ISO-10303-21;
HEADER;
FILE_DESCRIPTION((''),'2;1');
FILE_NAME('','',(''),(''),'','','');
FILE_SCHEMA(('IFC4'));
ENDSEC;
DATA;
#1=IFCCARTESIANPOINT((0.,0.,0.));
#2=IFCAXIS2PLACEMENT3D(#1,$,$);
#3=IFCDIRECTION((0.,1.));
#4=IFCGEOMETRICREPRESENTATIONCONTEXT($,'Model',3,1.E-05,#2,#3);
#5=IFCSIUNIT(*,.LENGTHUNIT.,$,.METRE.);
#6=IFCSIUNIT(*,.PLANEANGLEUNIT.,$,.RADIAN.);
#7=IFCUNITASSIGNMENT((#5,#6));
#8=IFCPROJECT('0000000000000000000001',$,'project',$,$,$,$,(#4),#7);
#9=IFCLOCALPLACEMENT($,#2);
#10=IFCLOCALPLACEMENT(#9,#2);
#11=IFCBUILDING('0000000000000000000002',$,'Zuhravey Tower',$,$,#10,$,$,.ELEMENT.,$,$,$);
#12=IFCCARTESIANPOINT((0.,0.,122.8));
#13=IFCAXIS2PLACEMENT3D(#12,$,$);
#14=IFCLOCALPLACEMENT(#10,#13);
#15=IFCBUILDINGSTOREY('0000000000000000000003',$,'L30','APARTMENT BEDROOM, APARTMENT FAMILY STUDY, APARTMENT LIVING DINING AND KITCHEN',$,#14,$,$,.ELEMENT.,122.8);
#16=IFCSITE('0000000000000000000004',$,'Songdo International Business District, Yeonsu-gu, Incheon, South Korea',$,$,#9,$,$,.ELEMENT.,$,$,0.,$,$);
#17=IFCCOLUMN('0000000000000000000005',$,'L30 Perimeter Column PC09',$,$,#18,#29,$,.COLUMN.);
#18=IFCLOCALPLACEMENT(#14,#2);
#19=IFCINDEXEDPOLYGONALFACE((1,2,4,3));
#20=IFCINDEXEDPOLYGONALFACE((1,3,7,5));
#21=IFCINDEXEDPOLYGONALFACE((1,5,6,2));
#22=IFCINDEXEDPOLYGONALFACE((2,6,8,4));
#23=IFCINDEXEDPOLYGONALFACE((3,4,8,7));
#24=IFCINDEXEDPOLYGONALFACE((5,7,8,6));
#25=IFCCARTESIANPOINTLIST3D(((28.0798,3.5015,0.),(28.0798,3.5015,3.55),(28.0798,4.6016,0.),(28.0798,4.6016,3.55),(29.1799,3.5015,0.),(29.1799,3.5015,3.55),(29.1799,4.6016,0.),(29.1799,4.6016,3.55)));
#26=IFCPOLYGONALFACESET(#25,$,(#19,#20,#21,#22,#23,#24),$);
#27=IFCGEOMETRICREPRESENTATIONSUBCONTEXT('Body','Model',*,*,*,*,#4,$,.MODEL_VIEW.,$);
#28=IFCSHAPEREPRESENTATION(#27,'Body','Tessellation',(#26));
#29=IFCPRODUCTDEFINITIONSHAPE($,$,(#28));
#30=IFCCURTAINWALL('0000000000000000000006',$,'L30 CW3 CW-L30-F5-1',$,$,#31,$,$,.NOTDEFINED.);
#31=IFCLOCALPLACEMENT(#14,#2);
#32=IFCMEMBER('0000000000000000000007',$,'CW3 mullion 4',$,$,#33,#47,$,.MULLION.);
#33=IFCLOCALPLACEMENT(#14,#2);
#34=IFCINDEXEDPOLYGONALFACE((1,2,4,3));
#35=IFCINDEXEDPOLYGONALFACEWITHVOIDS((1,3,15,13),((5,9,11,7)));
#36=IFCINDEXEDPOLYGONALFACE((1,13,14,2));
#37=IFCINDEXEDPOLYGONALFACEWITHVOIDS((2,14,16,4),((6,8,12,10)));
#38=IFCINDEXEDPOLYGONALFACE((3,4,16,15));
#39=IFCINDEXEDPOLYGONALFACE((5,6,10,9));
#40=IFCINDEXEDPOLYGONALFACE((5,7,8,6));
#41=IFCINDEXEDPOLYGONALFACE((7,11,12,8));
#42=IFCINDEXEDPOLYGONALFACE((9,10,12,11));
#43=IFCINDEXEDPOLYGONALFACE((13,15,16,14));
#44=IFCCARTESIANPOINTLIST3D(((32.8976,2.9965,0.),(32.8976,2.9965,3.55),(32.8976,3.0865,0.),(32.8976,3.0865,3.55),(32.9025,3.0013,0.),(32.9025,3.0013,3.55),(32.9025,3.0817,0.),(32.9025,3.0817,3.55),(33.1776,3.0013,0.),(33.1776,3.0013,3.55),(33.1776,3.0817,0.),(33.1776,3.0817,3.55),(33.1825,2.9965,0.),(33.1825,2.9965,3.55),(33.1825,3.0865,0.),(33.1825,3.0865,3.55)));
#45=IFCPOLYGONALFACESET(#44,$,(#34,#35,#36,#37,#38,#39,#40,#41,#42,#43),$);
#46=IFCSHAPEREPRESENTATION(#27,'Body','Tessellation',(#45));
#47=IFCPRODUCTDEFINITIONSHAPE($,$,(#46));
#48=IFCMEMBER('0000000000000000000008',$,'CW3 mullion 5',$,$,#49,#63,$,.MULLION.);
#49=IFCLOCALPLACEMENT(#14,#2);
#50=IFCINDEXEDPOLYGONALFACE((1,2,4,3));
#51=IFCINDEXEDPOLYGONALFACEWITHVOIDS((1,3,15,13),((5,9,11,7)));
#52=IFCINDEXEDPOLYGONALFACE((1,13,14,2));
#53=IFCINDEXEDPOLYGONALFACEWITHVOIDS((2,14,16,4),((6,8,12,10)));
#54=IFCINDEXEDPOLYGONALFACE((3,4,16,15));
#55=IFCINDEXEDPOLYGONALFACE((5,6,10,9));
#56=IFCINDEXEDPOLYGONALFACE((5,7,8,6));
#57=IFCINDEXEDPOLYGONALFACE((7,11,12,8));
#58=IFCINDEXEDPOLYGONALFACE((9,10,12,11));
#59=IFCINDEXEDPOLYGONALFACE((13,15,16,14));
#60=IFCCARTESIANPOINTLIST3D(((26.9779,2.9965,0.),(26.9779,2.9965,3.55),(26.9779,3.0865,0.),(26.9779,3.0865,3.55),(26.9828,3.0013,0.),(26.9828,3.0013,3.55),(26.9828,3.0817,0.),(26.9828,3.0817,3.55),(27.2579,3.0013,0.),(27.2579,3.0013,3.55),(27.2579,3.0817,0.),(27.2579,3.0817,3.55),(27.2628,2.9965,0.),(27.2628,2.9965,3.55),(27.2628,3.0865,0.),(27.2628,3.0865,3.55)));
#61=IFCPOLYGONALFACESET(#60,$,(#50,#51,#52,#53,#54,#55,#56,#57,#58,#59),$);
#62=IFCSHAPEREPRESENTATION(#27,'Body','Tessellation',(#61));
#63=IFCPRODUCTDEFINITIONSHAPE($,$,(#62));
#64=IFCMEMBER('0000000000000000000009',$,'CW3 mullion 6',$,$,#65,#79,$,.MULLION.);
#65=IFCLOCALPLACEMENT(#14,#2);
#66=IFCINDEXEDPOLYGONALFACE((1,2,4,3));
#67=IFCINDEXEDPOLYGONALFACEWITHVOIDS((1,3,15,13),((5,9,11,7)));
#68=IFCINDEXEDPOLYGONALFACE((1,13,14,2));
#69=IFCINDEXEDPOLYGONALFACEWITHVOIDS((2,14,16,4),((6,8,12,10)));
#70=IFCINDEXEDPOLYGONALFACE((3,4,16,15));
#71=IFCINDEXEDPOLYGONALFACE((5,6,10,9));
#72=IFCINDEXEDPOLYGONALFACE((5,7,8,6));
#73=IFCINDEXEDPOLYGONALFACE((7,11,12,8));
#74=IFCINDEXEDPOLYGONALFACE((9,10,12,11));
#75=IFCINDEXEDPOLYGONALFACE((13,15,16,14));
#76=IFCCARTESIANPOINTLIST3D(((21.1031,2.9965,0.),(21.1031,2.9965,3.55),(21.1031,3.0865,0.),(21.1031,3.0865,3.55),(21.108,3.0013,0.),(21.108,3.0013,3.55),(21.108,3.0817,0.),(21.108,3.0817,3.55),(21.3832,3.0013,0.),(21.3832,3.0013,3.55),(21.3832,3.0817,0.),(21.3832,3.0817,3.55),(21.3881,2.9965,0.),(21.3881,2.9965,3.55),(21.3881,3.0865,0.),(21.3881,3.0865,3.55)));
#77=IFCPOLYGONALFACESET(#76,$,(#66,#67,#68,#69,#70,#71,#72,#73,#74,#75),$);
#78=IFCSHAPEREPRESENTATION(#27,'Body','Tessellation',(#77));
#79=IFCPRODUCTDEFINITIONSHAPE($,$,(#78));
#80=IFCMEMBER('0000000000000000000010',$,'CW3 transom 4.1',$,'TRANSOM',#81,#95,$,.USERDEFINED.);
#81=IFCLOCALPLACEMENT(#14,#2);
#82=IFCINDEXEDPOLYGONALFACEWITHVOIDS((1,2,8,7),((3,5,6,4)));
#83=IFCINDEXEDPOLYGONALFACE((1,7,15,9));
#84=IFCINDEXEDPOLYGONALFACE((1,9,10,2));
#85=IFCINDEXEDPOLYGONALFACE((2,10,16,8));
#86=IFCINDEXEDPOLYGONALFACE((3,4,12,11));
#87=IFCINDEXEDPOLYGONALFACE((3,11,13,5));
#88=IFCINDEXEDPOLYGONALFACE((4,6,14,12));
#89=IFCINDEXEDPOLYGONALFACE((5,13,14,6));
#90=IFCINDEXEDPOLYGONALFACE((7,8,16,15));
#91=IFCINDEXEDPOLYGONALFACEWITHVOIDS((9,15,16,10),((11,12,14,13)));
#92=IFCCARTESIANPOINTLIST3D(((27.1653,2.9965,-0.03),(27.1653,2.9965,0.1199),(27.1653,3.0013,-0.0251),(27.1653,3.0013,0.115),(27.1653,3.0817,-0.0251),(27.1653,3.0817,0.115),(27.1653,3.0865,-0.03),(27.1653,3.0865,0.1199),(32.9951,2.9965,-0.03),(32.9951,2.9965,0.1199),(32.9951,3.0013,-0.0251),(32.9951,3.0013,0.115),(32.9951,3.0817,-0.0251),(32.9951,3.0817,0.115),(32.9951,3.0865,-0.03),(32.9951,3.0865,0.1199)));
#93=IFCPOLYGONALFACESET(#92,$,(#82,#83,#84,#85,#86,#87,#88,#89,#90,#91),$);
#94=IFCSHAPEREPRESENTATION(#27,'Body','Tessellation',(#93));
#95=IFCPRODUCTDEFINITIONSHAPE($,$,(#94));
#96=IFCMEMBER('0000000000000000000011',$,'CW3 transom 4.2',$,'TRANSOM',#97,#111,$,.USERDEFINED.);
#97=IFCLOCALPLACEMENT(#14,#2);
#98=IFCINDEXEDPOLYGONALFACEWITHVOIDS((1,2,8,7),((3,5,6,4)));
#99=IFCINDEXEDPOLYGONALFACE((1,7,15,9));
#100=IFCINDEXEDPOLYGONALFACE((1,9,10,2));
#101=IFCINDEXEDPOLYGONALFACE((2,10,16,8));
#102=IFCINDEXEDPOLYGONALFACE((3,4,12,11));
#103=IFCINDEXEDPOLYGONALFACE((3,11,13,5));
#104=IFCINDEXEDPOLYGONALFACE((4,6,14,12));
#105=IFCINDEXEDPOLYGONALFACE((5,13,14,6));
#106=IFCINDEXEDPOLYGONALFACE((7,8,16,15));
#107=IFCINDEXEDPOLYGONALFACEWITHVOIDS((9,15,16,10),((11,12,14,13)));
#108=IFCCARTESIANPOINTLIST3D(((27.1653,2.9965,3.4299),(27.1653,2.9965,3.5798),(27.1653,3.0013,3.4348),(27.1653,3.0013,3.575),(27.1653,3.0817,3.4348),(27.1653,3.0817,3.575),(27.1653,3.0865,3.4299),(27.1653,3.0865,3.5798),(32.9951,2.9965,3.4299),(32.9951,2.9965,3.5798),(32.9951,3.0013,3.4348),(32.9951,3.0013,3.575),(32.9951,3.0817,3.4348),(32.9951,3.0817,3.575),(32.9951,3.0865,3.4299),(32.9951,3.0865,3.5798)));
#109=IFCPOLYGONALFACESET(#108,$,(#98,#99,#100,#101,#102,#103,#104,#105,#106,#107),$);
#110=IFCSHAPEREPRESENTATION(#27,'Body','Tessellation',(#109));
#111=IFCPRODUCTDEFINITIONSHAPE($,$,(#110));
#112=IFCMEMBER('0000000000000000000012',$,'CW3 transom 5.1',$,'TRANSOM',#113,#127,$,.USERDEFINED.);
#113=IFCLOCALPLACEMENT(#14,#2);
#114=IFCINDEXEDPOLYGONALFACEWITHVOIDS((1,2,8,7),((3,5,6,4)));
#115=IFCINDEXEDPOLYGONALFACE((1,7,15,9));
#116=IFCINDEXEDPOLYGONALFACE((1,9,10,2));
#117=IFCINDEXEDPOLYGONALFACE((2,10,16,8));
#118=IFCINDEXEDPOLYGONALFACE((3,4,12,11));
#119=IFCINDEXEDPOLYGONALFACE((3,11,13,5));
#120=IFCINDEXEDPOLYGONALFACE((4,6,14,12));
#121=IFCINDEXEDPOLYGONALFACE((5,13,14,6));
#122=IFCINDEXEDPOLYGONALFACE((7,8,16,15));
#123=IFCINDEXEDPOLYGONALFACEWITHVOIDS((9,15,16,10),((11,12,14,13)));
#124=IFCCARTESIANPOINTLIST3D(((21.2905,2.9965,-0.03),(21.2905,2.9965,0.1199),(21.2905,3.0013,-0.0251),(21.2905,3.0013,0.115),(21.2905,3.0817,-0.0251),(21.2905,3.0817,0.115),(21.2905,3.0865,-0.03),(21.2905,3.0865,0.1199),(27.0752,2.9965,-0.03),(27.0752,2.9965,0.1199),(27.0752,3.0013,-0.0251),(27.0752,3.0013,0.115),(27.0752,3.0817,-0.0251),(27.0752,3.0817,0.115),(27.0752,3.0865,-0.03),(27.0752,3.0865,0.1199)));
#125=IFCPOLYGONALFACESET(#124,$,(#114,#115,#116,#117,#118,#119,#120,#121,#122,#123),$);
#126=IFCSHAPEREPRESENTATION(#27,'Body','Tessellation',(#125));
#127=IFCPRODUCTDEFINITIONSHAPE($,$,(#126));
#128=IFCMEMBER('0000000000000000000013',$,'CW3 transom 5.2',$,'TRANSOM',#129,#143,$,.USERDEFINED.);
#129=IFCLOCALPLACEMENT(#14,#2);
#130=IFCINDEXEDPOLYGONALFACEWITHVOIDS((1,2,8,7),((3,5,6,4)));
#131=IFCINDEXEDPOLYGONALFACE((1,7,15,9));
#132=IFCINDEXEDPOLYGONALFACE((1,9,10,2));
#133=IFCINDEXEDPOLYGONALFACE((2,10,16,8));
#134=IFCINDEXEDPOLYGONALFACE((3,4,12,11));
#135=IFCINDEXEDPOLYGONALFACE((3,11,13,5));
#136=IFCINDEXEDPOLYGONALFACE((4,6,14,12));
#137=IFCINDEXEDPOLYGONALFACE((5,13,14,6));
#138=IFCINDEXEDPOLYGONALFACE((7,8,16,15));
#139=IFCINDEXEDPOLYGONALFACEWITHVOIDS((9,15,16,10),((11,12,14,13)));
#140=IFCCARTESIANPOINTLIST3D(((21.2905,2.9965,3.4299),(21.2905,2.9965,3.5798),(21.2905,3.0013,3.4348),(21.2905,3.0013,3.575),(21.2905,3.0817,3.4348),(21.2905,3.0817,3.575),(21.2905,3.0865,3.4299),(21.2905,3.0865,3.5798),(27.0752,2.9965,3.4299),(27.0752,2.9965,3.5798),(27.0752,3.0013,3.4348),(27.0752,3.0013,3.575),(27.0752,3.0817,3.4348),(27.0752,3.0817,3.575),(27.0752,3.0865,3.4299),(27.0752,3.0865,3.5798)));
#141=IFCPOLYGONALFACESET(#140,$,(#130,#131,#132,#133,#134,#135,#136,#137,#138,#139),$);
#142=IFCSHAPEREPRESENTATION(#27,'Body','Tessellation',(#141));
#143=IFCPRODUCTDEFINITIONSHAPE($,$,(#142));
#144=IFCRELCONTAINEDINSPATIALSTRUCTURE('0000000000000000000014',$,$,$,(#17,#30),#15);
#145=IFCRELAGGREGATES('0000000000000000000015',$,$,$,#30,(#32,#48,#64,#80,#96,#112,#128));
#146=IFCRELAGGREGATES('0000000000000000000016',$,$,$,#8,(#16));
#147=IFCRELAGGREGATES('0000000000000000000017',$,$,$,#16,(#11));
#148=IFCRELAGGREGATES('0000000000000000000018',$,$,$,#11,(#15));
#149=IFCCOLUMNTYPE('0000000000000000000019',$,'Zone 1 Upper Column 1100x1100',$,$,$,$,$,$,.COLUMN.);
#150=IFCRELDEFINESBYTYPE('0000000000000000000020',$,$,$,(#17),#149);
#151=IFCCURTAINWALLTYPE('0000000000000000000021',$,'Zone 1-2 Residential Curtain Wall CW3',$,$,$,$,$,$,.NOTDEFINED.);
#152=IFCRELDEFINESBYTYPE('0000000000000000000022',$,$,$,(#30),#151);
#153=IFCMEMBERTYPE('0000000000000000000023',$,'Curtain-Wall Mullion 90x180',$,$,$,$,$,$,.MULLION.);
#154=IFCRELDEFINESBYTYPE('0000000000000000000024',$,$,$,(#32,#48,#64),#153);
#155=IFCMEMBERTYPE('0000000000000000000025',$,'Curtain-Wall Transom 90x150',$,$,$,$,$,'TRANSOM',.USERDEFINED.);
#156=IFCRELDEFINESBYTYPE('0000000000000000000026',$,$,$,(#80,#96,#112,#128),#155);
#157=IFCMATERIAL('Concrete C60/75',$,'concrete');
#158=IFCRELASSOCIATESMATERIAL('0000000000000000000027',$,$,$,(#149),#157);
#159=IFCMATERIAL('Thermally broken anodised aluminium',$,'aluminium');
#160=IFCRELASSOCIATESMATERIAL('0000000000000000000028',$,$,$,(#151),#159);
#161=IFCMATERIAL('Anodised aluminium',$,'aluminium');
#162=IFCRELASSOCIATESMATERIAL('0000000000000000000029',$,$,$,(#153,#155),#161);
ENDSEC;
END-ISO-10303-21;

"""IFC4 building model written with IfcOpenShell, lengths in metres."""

from ifc_helpers import new_model, si_unit, direction, frame, origin, origin_2d, place, context, subcontext, project, spatial, rectangle, hollow_rectangle, extrude, material, material_profile, profile_set, type_object, element, aggregate, save


model = new_model("IFC4")

# Units and contexts
model_context = context("Model", 3, precision=1e-05, world=origin(), true_north=direction((0.0, 1.0)))
body_context = subcontext(model_context, "Body", "Model", "MODEL_VIEW")
ifc_project = project(units=[si_unit("LENGTHUNIT", "METRE"), si_unit("PLANEANGLEUNIT", "RADIAN")], contexts=[model_context])

# Site, building, storey
site_placement = place(None, origin())
site = spatial("IfcSite", under=ifc_project, at=site_placement, Name="Songdo International Business District, Yeonsu-gu, Incheon, South Korea", CompositionType="ELEMENT", RefElevation=0.0)
building_placement = place(site_placement, origin())
building = spatial("IfcBuilding", under=site, at=building_placement, Name="Zuhravey Tower", CompositionType="ELEMENT")
storey_placement = place(building_placement, frame((0.0, 0.0, 122.8)))
storey = spatial("IfcBuildingStorey", under=building, at=storey_placement, Name="L30", Description="APARTMENT BEDROOM, APARTMENT FAMILY STUDY, APARTMENT LIVING DINING AND KITCHEN", CompositionType="ELEMENT", Elevation=122.8)

# Column
ifc_material_1 = material(Name="Concrete C60/75", Category="concrete")
ifc_material_profile_1 = material_profile(ifc_material_1, rectangle(XDim=1.1001, YDim=1.1001, at=origin_2d()), Name="RC-1100x1100")
ifc_profile_set_1 = profile_set([ifc_material_profile_1], Name="Concrete C60/75")
column_type = type_object("IfcColumnType", Name="Zone 1 Upper Column 1100x1100", PredefinedType="COLUMN", material=ifc_profile_set_1)
column_placement = place(storey_placement, frame((28.6299, 4.0515, 0.0), z_axis=(0.0, 0.0, 1.0), x_axis=(1.0, 0.0, 0.0)))
element("IfcColumn", 1, at=column_placement, inside=storey, type_object=column_type, Name="L30 Perimeter Column PC09", PredefinedType="COLUMN", context=body_context, shape_type="SweptSolid", body=[
    extrude(rectangle(XDim=1.1001, YDim=1.1001, at=origin_2d()), origin(), (0.0, 0.0, 1.0), 3.55),
])

# Curtain wall, members
ifc_material_2 = material(Name="Thermally broken anodised aluminium", Category="aluminium")
curtain_wall_type = type_object("IfcCurtainWallType", Name="Zone 1-2 Residential Curtain Wall CW3", PredefinedType="NOTDEFINED", material=ifc_material_2)
curtain_wall_placement = place(storey_placement, origin())
curtain_wall = element("IfcCurtainWall", 2, at=curtain_wall_placement, inside=storey, type_object=curtain_wall_type, Name="L30 CW3 CW-L30-F5-1", PredefinedType="NOTDEFINED")
ifc_material_3 = material(Name="Anodised aluminium", Category="aluminium")
ifc_material_profile_2 = material_profile(ifc_material_3, hollow_rectangle(XDim=0.0901, YDim=0.2849, WallThickness=0.0049, at=origin_2d()), Name="ALU-RHS-90x285x5")
ifc_profile_set_2 = profile_set([ifc_material_profile_2], Name="Anodised aluminium")
member_type_1 = type_object("IfcMemberType", Name="Curtain-Wall Mullion 90x180", PredefinedType="MULLION", material=ifc_profile_set_2)
member_1_placement = place(storey_placement, frame((33.04, 3.0415, 0.0), z_axis=(0.0, 0.0, 1.0), x_axis=(0.0, -1.0, 0.0)))
member_1 = element("IfcMember", 3, at=member_1_placement, type_object=member_type_1, Name="CW3 mullion 4", PredefinedType="MULLION", context=body_context, shape_type="SweptSolid", body=[
    extrude(hollow_rectangle(XDim=0.0901, YDim=0.2849, WallThickness=0.0049, at=origin_2d()), origin(), (0.0, 0.0, 1.0), 3.55),
])
member_2_placement = place(storey_placement, frame((27.1204, 3.0415, 0.0), z_axis=(0.0, 0.0, 1.0), x_axis=(0.0, -1.0, 0.0)))
member_2 = element("IfcMember", 4, at=member_2_placement, type_object=member_type_1, Name="CW3 mullion 5", PredefinedType="MULLION", context=body_context, shape_type="SweptSolid", body=[
    extrude(hollow_rectangle(XDim=0.0901, YDim=0.2849, WallThickness=0.0049, at=origin_2d()), origin(), (0.0, 0.0, 1.0), 3.55),
])
member_3_placement = place(storey_placement, frame((21.2456, 3.0415, 0.0), z_axis=(0.0, 0.0, 1.0), x_axis=(0.0, -1.0, 0.0)))
member_3 = element("IfcMember", 5, at=member_3_placement, type_object=member_type_1, Name="CW3 mullion 6", PredefinedType="MULLION", context=body_context, shape_type="SweptSolid", body=[
    extrude(hollow_rectangle(XDim=0.0901, YDim=0.2849, WallThickness=0.0049, at=origin_2d()), origin(), (0.0, 0.0, 1.0), 3.55),
])
ifc_material_profile_3 = material_profile(ifc_material_3, hollow_rectangle(XDim=0.0901, YDim=0.1499, WallThickness=0.0049, at=origin_2d()), Name="ALU-RHS-90x150x5")
ifc_profile_set_3 = profile_set([ifc_material_profile_3], Name="Anodised aluminium")
member_type_2 = type_object("IfcMemberType", Name="Curtain-Wall Transom 90x150", ElementType="TRANSOM", PredefinedType="USERDEFINED", material=ifc_profile_set_3)
member_4_placement = place(storey_placement, frame((32.9951, 3.0415, 0.0449), z_axis=(-1.0, 0.0, 0.0), x_axis=(0.0, -1.0, 0.0)))
member_4 = element("IfcMember", 6, at=member_4_placement, type_object=member_type_2, Name="CW3 transom 4.1", ObjectType="TRANSOM", PredefinedType="USERDEFINED", context=body_context, shape_type="SweptSolid", body=[
    extrude(hollow_rectangle(XDim=0.0901, YDim=0.1499, WallThickness=0.0049, at=origin_2d()), origin(), (0.0, 0.0, 1.0), 5.8298),
])
member_5_placement = place(storey_placement, frame((32.9951, 3.0415, 3.5049), z_axis=(-1.0, 0.0, 0.0), x_axis=(0.0, -1.0, 0.0)))
member_5 = element("IfcMember", 7, at=member_5_placement, type_object=member_type_2, Name="CW3 transom 4.2", ObjectType="TRANSOM", PredefinedType="USERDEFINED", context=body_context, shape_type="SweptSolid", body=[
    extrude(hollow_rectangle(XDim=0.0901, YDim=0.1499, WallThickness=0.0049, at=origin_2d()), origin(), (0.0, 0.0, 1.0), 5.8298),
])
member_6_placement = place(storey_placement, frame((27.0752, 3.0415, 0.0449), z_axis=(-1.0, 0.0, 0.0), x_axis=(0.0, -1.0, 0.0)))
member_6 = element("IfcMember", 8, at=member_6_placement, type_object=member_type_2, Name="CW3 transom 5.1", ObjectType="TRANSOM", PredefinedType="USERDEFINED", context=body_context, shape_type="SweptSolid", body=[
    extrude(hollow_rectangle(XDim=0.0901, YDim=0.1499, WallThickness=0.0049, at=origin_2d()), origin(), (0.0, 0.0, 1.0), 5.7847),
])
member_7_placement = place(storey_placement, frame((27.0752, 3.0415, 3.5049), z_axis=(-1.0, 0.0, 0.0), x_axis=(0.0, -1.0, 0.0)))
member_7 = element("IfcMember", 9, at=member_7_placement, type_object=member_type_2, Name="CW3 transom 5.2", ObjectType="TRANSOM", PredefinedType="USERDEFINED", context=body_context, shape_type="SweptSolid", body=[
    extrude(hollow_rectangle(XDim=0.0901, YDim=0.1499, WallThickness=0.0049, at=origin_2d()), origin(), (0.0, 0.0, 1.0), 5.7847),
])

aggregate(curtain_wall, [member_1, member_2, member_3, member_4, member_5, member_6, member_7])

save(model, "model.ifc")
